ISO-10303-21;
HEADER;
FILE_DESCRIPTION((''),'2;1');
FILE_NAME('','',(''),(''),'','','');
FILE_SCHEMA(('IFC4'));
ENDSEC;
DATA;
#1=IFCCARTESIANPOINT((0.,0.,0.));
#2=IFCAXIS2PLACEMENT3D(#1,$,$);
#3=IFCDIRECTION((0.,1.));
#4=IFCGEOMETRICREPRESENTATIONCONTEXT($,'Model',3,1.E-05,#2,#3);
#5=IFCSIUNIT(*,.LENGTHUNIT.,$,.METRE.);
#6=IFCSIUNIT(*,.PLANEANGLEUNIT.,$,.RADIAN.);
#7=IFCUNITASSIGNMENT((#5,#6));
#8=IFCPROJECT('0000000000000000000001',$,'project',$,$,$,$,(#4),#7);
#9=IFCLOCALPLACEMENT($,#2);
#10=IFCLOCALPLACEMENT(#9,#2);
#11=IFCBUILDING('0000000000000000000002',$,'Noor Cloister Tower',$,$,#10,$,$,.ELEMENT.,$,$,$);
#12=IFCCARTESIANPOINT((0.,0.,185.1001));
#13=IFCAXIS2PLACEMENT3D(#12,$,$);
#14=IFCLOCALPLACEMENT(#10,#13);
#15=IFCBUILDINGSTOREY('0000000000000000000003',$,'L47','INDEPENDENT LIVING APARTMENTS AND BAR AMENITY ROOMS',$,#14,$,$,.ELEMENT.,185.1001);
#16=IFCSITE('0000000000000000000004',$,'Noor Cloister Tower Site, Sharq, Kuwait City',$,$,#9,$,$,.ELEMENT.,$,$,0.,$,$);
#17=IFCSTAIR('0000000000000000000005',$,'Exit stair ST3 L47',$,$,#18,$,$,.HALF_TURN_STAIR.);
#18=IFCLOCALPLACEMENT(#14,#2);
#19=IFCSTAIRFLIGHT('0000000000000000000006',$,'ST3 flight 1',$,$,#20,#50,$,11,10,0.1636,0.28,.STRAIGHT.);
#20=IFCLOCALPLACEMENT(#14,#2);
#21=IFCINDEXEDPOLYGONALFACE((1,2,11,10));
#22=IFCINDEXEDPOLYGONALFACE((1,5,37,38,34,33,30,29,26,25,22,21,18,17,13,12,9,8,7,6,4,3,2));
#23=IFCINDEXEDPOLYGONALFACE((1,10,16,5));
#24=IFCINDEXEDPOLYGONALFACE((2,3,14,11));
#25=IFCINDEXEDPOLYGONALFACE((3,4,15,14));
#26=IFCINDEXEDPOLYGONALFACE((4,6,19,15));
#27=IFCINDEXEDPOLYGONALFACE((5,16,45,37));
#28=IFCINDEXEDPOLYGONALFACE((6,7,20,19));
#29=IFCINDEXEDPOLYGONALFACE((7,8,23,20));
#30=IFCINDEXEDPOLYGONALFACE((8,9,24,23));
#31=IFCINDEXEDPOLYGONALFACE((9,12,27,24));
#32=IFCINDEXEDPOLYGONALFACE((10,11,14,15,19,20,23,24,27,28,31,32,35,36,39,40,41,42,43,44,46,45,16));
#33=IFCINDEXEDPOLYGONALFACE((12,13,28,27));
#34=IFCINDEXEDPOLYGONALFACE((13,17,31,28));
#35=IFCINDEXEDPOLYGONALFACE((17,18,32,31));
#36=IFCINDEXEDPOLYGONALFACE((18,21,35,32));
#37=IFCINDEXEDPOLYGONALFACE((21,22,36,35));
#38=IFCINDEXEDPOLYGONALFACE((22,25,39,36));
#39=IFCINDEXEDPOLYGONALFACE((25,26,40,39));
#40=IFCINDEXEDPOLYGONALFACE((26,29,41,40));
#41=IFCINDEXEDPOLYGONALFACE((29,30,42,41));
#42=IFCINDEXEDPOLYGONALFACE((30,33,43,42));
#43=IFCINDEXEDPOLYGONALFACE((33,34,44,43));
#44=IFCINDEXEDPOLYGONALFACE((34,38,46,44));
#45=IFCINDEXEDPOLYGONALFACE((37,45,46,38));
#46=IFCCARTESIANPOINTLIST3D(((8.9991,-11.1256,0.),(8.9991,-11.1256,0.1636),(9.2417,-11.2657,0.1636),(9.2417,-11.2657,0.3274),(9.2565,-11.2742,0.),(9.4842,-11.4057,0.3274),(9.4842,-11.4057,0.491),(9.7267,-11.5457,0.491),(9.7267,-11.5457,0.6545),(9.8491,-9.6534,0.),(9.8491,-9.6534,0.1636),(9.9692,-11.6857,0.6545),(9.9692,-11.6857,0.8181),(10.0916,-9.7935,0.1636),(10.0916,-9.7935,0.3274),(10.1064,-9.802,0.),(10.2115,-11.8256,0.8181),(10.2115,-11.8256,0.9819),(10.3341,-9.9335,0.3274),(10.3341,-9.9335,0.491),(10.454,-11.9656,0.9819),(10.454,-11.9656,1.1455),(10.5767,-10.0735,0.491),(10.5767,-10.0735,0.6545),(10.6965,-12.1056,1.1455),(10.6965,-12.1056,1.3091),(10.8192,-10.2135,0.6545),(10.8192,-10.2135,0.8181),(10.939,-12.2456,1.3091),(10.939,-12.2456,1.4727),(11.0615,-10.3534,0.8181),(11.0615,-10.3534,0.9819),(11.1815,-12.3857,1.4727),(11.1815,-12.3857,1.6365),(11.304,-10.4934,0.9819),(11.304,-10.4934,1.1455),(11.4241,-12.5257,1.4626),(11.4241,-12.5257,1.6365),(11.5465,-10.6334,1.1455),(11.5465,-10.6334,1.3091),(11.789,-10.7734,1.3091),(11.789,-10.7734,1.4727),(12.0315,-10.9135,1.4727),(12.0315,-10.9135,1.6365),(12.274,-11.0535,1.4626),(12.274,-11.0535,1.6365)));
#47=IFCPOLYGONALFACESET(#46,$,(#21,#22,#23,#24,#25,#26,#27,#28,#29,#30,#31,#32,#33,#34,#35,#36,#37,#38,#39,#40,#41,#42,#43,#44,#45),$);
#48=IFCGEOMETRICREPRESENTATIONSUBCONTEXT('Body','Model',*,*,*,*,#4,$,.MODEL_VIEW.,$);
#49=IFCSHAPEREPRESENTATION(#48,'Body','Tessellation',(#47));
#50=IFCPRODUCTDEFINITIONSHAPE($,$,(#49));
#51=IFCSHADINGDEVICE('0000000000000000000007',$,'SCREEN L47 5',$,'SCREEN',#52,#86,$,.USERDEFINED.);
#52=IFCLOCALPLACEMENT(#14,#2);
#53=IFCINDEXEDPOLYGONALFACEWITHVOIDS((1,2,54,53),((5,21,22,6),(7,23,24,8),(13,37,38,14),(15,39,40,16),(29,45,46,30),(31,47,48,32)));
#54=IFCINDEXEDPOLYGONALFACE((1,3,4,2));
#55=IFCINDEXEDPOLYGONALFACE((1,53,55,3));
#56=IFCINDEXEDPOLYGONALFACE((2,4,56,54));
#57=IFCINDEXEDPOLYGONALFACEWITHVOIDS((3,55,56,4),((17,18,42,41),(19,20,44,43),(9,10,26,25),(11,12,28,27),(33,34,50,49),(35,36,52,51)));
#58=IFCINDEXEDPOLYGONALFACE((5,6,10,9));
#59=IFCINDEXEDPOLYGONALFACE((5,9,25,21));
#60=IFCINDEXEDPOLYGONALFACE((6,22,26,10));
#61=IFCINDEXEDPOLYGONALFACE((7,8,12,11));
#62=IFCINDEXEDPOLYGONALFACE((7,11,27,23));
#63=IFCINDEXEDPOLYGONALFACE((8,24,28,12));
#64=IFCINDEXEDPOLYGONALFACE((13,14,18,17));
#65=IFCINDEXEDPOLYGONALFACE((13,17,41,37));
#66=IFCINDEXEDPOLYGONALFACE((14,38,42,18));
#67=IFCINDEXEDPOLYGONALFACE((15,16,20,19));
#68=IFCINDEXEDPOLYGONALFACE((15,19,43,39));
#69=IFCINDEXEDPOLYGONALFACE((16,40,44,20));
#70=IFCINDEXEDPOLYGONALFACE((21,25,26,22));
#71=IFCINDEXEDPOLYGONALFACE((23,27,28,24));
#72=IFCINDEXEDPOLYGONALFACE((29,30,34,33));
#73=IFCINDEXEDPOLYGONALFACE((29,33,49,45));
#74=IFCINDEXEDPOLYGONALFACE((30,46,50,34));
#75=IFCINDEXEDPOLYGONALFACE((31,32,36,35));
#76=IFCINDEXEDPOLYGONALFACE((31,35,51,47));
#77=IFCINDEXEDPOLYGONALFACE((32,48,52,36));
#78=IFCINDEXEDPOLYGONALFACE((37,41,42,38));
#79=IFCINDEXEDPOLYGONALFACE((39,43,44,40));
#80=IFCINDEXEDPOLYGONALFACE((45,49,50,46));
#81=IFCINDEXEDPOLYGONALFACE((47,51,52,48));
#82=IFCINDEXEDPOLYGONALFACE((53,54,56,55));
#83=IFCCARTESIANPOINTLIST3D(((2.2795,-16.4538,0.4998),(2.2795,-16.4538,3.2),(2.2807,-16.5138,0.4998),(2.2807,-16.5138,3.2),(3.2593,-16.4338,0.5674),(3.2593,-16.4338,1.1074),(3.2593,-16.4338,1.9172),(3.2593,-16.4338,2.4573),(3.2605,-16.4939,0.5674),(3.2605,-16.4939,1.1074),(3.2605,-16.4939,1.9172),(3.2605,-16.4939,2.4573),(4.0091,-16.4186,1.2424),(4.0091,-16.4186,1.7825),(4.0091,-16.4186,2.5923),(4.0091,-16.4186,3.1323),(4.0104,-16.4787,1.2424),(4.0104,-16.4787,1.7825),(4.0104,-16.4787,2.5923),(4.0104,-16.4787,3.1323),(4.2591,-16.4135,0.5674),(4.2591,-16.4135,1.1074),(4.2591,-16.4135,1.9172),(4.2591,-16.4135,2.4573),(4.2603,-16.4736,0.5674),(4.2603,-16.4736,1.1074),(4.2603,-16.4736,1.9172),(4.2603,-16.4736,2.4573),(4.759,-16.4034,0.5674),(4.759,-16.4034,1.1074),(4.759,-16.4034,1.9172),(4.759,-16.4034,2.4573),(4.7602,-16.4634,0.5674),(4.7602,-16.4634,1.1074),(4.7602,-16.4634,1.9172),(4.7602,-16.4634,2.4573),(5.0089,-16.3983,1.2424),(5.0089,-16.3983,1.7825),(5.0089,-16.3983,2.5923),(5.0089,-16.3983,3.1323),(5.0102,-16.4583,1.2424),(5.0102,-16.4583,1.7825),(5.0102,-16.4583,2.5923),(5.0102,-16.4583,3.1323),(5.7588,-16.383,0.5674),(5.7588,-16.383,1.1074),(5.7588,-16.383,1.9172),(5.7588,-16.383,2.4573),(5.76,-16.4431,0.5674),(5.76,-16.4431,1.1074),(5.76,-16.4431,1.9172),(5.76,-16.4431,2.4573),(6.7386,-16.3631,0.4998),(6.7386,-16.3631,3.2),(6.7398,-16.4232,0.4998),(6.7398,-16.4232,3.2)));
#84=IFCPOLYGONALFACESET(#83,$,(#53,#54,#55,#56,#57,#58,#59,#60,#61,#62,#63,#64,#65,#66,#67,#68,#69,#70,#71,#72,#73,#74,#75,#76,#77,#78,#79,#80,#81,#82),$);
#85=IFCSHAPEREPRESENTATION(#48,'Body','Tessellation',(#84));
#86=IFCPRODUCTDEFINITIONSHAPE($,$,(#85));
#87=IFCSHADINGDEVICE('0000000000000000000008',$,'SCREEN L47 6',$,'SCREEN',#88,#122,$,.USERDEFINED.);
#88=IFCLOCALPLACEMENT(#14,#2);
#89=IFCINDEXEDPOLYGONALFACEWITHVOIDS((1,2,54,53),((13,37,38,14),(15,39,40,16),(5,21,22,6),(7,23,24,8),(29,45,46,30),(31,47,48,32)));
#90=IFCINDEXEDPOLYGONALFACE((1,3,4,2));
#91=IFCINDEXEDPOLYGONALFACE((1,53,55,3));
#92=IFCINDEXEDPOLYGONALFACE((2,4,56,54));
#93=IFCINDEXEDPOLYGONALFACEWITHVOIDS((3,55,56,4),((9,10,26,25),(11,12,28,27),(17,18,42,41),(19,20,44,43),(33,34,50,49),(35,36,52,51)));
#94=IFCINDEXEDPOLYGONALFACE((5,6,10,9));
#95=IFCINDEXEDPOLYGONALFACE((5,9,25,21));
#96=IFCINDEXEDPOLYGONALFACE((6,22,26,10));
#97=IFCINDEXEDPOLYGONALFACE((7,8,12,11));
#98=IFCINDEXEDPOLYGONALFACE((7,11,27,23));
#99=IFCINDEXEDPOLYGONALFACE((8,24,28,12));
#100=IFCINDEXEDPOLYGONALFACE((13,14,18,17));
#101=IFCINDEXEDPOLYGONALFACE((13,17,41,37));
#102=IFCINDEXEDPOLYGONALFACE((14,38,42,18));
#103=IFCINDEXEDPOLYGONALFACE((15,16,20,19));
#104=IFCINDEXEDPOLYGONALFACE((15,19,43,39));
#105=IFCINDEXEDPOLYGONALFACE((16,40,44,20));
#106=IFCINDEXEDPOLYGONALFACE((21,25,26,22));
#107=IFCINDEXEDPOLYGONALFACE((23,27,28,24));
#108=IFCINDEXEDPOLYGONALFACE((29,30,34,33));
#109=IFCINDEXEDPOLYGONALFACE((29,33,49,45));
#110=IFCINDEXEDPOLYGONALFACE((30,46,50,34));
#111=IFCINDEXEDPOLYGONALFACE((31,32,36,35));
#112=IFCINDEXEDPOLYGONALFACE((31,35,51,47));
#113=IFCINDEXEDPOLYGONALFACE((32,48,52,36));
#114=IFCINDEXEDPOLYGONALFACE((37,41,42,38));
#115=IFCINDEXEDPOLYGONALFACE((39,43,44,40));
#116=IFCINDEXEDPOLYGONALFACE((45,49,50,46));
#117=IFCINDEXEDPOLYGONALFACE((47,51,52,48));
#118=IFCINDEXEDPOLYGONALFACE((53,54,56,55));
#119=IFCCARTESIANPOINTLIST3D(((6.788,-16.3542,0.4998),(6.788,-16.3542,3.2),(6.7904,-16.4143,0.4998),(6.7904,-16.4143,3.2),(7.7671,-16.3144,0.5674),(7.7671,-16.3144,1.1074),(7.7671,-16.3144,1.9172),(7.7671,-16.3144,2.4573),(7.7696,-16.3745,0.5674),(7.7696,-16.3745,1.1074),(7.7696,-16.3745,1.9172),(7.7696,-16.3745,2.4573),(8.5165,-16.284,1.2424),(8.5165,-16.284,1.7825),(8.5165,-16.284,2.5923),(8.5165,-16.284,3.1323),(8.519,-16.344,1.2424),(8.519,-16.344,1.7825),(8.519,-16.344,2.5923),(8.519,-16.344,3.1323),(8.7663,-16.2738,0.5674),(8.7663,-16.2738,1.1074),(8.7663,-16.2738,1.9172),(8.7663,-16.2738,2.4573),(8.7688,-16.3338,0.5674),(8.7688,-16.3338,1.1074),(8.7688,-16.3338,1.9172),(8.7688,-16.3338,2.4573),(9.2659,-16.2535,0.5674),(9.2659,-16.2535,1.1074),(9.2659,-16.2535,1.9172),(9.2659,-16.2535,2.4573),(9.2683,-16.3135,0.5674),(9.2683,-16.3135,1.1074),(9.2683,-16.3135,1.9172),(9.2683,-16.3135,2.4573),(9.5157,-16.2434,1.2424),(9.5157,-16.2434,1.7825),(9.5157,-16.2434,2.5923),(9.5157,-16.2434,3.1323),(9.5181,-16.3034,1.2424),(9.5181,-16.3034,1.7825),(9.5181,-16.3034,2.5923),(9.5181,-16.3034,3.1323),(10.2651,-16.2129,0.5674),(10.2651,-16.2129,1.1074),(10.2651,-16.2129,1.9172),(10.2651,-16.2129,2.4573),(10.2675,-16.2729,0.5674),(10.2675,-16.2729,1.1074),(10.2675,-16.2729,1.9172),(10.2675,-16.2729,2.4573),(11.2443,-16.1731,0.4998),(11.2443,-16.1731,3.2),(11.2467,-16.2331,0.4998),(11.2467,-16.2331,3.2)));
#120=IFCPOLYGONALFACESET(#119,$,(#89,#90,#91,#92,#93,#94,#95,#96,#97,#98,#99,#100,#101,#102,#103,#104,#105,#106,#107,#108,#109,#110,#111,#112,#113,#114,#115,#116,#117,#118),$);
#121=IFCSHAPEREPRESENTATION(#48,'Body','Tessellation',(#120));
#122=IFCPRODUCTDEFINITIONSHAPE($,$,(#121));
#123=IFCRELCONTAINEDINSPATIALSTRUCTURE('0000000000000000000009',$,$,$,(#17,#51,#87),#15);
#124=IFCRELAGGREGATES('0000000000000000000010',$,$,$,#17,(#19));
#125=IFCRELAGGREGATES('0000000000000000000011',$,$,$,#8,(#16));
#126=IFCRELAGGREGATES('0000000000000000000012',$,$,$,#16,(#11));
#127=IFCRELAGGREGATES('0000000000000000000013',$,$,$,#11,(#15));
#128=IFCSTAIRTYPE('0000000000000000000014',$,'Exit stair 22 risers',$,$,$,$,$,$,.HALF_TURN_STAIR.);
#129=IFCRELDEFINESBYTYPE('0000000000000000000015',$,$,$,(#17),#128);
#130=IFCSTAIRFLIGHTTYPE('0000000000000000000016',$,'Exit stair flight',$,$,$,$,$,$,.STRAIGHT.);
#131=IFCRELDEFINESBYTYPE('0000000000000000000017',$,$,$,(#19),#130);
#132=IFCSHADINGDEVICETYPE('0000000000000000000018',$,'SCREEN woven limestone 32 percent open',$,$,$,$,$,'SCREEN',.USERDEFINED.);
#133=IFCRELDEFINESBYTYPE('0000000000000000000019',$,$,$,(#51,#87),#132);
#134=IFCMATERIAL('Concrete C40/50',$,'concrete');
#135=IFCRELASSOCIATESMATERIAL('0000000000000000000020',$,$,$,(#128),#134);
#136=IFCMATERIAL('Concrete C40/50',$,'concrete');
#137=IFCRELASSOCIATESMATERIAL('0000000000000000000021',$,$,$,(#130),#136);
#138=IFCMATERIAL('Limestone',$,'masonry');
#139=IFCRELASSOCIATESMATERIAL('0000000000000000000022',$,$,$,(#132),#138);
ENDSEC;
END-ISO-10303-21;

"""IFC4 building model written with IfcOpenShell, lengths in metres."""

from ifc_helpers import new_model, si_unit, direction, frame, origin, place, context, subcontext, project, spatial, polyline, outline, extrude, material, material_profile, profile_set, type_object, element, aggregate, save


model = new_model("IFC4")

# Units and contexts
model_context = context("Model", 3, precision=1e-05, world=origin(), true_north=direction((0.0, 1.0)))
body_context = subcontext(model_context, "Body", "Model", "MODEL_VIEW")
ifc_project = project(units=[si_unit("LENGTHUNIT", "METRE"), si_unit("PLANEANGLEUNIT", "RADIAN")], contexts=[model_context])

# Site, building, storey
site_placement = place(None, origin())
site = spatial("IfcSite", under=ifc_project, at=site_placement, Name="Noor Cloister Tower Site, Sharq, Kuwait City", CompositionType="ELEMENT", RefElevation=0.0)
building_placement = place(site_placement, origin())
building = spatial("IfcBuilding", under=site, at=building_placement, Name="Noor Cloister Tower", CompositionType="ELEMENT")
storey_placement = place(building_placement, frame((0.0, 0.0, 185.1001)))
storey = spatial("IfcBuildingStorey", under=building, at=storey_placement, Name="L47", Description="INDEPENDENT LIVING APARTMENTS AND BAR AMENITY ROOMS", CompositionType="ELEMENT", Elevation=185.1001)

# Shared definitions
ifc_material_1 = material(Name="Concrete C40/50", Category="concrete")
stair_type = type_object("IfcStairType", Name="Exit stair 22 risers", PredefinedType="HALF_TURN_STAIR", material=ifc_material_1)

# Stair, stair flight
stair_1_placement = place(storey_placement, origin())
stair_1 = element("IfcStair", 1, at=stair_1_placement, inside=storey, type_object=stair_type, Name="Exit stair ST3 L47", PredefinedType="HALF_TURN_STAIR")
ifc_material_2 = material(Name="Concrete C40/50", Category="concrete")
stair_flight_type = type_object("IfcStairFlightType", Name="Exit stair flight", PredefinedType="STRAIGHT", material=ifc_material_2)
stair_flight_placement = place(storey_placement, frame((9.4241, -10.3896, 0.0), z_axis=(0.0, 0.0, 1.0), x_axis=(0.866025, -0.5, 0.0)))
stair_flight = element("IfcStairFlight", 2, at=stair_flight_placement, type_object=stair_flight_type, Name="ST3 flight 1", NumberOfRisers=11, NumberOfTreads=10, PredefinedType="STRAIGHT", RiserHeight=0.1636, TreadLength=0.28, context=body_context, shape_type="SweptSolid", body=[
    extrude(outline(polyline([(0.0, 0.0), (0.0, 0.1636), (0.28, 0.1636), (0.28, 0.3274), (0.5601, 0.3274), (0.5601, 0.491), (0.8401, 0.491), (0.8401, 0.6545), (1.1201, 0.6545), (1.1201, 0.8181), (1.3999, 0.8181), (1.3999, 0.9819), (1.6799, 0.9819), (1.6799, 1.1455), (1.96, 1.1455), (1.96, 1.3091), (2.24, 1.3091), (2.24, 1.4727), (2.52, 1.4727), (2.52, 1.6365), (2.8, 1.6365), (2.8, 1.8), (2.8, 1.4626), (0.2971, 0.0), (0.0, 0.0)])), frame((0.0, 0.8501, 0.0), z_axis=(0.0, -1.0, 0.0), x_axis=(1.0, 0.0, 0.0)), (0.0, 0.0, 1.0), 1.7),
])
aggregate(stair_1, [stair_flight])

# Shading devices
ifc_material_3 = material(Name="Limestone", Category="masonry")
ifc_material_profile_1 = material_profile(ifc_material_3, outline(polyline([(-2.23, -1.3501), (2.23, -1.3501), (2.23, 1.3501), (-2.23, 1.3501), (-2.23, -1.3501)]), holes=[polyline([(-1.25, -1.2825), (-0.25, -1.2825), (-0.25, -0.7424), (-1.25, -0.7424), (-1.25, -1.2825)]), polyline([(0.25, -1.2825), (1.25, -1.2825), (1.25, -0.7424), (0.25, -0.7424), (0.25, -1.2825)]), polyline([(-0.5, -0.6074), (0.5, -0.6074), (0.5, -0.0674), (-0.5, -0.0674), (-0.5, -0.6074)]), polyline([(-1.25, 0.0674), (-0.25, 0.0674), (-0.25, 0.6074), (-1.25, 0.6074), (-1.25, 0.0674)]), polyline([(0.25, 0.0674), (1.25, 0.0674), (1.25, 0.6074), (0.25, 0.6074), (0.25, 0.0674)]), polyline([(-0.5, 0.7424), (0.5, 0.7424), (0.5, 1.2825), (-0.5, 1.2825), (-0.5, 0.7424)])]), Name="Woven screen 32 percent open")
ifc_profile_set_1 = profile_set([ifc_material_profile_1], Name="Limestone")
shading_device_type = type_object("IfcShadingDeviceType", Name="SCREEN woven limestone 32 percent open", ElementType="SCREEN", PredefinedType="USERDEFINED", material=ifc_profile_set_1)
for number, where, z_axis, x_axis, name in (
    (3, (4.509, -16.4084, 1.8499), (0.020321, -0.999794, 0.0), (0.999794, 0.020321, 0.0), "SCREEN L47 5"),
    (4, (9.0161, -16.2637, 1.8499), (0.040617, -0.999175, 0.0), (0.999175, 0.040617, 0.0), "SCREEN L47 6"),
):
    element("IfcShadingDevice", number, at=place(storey_placement, frame(where, z_axis=z_axis, x_axis=x_axis)), inside=storey, type_object=shading_device_type, Name=name, ObjectType="SCREEN", PredefinedType="USERDEFINED", context=body_context, shape_type="SweptSolid", body=[
        extrude(outline(polyline([(-2.23, -1.3501), (2.23, -1.3501), (2.23, 1.3501), (-2.23, 1.3501), (-2.23, -1.3501)]), holes=[polyline([(-1.25, -1.2825), (-0.25, -1.2825), (-0.25, -0.7424), (-1.25, -0.7424), (-1.25, -1.2825)]), polyline([(0.25, -1.2825), (1.25, -1.2825), (1.25, -0.7424), (0.25, -0.7424), (0.25, -1.2825)]), polyline([(-0.5, -0.6074), (0.5, -0.6074), (0.5, -0.0674), (-0.5, -0.0674), (-0.5, -0.6074)]), polyline([(-1.25, 0.0674), (-0.25, 0.0674), (-0.25, 0.6074), (-1.25, 0.6074), (-1.25, 0.0674)]), polyline([(0.25, 0.0674), (1.25, 0.0674), (1.25, 0.6074), (0.25, 0.6074), (0.25, 0.0674)]), polyline([(-0.5, 0.7424), (0.5, 0.7424), (0.5, 1.2825), (-0.5, 1.2825), (-0.5, 0.7424)])]), origin(), (0.0, 0.0, 1.0), 0.0601),
    ])

save(model, "model.ifc")
